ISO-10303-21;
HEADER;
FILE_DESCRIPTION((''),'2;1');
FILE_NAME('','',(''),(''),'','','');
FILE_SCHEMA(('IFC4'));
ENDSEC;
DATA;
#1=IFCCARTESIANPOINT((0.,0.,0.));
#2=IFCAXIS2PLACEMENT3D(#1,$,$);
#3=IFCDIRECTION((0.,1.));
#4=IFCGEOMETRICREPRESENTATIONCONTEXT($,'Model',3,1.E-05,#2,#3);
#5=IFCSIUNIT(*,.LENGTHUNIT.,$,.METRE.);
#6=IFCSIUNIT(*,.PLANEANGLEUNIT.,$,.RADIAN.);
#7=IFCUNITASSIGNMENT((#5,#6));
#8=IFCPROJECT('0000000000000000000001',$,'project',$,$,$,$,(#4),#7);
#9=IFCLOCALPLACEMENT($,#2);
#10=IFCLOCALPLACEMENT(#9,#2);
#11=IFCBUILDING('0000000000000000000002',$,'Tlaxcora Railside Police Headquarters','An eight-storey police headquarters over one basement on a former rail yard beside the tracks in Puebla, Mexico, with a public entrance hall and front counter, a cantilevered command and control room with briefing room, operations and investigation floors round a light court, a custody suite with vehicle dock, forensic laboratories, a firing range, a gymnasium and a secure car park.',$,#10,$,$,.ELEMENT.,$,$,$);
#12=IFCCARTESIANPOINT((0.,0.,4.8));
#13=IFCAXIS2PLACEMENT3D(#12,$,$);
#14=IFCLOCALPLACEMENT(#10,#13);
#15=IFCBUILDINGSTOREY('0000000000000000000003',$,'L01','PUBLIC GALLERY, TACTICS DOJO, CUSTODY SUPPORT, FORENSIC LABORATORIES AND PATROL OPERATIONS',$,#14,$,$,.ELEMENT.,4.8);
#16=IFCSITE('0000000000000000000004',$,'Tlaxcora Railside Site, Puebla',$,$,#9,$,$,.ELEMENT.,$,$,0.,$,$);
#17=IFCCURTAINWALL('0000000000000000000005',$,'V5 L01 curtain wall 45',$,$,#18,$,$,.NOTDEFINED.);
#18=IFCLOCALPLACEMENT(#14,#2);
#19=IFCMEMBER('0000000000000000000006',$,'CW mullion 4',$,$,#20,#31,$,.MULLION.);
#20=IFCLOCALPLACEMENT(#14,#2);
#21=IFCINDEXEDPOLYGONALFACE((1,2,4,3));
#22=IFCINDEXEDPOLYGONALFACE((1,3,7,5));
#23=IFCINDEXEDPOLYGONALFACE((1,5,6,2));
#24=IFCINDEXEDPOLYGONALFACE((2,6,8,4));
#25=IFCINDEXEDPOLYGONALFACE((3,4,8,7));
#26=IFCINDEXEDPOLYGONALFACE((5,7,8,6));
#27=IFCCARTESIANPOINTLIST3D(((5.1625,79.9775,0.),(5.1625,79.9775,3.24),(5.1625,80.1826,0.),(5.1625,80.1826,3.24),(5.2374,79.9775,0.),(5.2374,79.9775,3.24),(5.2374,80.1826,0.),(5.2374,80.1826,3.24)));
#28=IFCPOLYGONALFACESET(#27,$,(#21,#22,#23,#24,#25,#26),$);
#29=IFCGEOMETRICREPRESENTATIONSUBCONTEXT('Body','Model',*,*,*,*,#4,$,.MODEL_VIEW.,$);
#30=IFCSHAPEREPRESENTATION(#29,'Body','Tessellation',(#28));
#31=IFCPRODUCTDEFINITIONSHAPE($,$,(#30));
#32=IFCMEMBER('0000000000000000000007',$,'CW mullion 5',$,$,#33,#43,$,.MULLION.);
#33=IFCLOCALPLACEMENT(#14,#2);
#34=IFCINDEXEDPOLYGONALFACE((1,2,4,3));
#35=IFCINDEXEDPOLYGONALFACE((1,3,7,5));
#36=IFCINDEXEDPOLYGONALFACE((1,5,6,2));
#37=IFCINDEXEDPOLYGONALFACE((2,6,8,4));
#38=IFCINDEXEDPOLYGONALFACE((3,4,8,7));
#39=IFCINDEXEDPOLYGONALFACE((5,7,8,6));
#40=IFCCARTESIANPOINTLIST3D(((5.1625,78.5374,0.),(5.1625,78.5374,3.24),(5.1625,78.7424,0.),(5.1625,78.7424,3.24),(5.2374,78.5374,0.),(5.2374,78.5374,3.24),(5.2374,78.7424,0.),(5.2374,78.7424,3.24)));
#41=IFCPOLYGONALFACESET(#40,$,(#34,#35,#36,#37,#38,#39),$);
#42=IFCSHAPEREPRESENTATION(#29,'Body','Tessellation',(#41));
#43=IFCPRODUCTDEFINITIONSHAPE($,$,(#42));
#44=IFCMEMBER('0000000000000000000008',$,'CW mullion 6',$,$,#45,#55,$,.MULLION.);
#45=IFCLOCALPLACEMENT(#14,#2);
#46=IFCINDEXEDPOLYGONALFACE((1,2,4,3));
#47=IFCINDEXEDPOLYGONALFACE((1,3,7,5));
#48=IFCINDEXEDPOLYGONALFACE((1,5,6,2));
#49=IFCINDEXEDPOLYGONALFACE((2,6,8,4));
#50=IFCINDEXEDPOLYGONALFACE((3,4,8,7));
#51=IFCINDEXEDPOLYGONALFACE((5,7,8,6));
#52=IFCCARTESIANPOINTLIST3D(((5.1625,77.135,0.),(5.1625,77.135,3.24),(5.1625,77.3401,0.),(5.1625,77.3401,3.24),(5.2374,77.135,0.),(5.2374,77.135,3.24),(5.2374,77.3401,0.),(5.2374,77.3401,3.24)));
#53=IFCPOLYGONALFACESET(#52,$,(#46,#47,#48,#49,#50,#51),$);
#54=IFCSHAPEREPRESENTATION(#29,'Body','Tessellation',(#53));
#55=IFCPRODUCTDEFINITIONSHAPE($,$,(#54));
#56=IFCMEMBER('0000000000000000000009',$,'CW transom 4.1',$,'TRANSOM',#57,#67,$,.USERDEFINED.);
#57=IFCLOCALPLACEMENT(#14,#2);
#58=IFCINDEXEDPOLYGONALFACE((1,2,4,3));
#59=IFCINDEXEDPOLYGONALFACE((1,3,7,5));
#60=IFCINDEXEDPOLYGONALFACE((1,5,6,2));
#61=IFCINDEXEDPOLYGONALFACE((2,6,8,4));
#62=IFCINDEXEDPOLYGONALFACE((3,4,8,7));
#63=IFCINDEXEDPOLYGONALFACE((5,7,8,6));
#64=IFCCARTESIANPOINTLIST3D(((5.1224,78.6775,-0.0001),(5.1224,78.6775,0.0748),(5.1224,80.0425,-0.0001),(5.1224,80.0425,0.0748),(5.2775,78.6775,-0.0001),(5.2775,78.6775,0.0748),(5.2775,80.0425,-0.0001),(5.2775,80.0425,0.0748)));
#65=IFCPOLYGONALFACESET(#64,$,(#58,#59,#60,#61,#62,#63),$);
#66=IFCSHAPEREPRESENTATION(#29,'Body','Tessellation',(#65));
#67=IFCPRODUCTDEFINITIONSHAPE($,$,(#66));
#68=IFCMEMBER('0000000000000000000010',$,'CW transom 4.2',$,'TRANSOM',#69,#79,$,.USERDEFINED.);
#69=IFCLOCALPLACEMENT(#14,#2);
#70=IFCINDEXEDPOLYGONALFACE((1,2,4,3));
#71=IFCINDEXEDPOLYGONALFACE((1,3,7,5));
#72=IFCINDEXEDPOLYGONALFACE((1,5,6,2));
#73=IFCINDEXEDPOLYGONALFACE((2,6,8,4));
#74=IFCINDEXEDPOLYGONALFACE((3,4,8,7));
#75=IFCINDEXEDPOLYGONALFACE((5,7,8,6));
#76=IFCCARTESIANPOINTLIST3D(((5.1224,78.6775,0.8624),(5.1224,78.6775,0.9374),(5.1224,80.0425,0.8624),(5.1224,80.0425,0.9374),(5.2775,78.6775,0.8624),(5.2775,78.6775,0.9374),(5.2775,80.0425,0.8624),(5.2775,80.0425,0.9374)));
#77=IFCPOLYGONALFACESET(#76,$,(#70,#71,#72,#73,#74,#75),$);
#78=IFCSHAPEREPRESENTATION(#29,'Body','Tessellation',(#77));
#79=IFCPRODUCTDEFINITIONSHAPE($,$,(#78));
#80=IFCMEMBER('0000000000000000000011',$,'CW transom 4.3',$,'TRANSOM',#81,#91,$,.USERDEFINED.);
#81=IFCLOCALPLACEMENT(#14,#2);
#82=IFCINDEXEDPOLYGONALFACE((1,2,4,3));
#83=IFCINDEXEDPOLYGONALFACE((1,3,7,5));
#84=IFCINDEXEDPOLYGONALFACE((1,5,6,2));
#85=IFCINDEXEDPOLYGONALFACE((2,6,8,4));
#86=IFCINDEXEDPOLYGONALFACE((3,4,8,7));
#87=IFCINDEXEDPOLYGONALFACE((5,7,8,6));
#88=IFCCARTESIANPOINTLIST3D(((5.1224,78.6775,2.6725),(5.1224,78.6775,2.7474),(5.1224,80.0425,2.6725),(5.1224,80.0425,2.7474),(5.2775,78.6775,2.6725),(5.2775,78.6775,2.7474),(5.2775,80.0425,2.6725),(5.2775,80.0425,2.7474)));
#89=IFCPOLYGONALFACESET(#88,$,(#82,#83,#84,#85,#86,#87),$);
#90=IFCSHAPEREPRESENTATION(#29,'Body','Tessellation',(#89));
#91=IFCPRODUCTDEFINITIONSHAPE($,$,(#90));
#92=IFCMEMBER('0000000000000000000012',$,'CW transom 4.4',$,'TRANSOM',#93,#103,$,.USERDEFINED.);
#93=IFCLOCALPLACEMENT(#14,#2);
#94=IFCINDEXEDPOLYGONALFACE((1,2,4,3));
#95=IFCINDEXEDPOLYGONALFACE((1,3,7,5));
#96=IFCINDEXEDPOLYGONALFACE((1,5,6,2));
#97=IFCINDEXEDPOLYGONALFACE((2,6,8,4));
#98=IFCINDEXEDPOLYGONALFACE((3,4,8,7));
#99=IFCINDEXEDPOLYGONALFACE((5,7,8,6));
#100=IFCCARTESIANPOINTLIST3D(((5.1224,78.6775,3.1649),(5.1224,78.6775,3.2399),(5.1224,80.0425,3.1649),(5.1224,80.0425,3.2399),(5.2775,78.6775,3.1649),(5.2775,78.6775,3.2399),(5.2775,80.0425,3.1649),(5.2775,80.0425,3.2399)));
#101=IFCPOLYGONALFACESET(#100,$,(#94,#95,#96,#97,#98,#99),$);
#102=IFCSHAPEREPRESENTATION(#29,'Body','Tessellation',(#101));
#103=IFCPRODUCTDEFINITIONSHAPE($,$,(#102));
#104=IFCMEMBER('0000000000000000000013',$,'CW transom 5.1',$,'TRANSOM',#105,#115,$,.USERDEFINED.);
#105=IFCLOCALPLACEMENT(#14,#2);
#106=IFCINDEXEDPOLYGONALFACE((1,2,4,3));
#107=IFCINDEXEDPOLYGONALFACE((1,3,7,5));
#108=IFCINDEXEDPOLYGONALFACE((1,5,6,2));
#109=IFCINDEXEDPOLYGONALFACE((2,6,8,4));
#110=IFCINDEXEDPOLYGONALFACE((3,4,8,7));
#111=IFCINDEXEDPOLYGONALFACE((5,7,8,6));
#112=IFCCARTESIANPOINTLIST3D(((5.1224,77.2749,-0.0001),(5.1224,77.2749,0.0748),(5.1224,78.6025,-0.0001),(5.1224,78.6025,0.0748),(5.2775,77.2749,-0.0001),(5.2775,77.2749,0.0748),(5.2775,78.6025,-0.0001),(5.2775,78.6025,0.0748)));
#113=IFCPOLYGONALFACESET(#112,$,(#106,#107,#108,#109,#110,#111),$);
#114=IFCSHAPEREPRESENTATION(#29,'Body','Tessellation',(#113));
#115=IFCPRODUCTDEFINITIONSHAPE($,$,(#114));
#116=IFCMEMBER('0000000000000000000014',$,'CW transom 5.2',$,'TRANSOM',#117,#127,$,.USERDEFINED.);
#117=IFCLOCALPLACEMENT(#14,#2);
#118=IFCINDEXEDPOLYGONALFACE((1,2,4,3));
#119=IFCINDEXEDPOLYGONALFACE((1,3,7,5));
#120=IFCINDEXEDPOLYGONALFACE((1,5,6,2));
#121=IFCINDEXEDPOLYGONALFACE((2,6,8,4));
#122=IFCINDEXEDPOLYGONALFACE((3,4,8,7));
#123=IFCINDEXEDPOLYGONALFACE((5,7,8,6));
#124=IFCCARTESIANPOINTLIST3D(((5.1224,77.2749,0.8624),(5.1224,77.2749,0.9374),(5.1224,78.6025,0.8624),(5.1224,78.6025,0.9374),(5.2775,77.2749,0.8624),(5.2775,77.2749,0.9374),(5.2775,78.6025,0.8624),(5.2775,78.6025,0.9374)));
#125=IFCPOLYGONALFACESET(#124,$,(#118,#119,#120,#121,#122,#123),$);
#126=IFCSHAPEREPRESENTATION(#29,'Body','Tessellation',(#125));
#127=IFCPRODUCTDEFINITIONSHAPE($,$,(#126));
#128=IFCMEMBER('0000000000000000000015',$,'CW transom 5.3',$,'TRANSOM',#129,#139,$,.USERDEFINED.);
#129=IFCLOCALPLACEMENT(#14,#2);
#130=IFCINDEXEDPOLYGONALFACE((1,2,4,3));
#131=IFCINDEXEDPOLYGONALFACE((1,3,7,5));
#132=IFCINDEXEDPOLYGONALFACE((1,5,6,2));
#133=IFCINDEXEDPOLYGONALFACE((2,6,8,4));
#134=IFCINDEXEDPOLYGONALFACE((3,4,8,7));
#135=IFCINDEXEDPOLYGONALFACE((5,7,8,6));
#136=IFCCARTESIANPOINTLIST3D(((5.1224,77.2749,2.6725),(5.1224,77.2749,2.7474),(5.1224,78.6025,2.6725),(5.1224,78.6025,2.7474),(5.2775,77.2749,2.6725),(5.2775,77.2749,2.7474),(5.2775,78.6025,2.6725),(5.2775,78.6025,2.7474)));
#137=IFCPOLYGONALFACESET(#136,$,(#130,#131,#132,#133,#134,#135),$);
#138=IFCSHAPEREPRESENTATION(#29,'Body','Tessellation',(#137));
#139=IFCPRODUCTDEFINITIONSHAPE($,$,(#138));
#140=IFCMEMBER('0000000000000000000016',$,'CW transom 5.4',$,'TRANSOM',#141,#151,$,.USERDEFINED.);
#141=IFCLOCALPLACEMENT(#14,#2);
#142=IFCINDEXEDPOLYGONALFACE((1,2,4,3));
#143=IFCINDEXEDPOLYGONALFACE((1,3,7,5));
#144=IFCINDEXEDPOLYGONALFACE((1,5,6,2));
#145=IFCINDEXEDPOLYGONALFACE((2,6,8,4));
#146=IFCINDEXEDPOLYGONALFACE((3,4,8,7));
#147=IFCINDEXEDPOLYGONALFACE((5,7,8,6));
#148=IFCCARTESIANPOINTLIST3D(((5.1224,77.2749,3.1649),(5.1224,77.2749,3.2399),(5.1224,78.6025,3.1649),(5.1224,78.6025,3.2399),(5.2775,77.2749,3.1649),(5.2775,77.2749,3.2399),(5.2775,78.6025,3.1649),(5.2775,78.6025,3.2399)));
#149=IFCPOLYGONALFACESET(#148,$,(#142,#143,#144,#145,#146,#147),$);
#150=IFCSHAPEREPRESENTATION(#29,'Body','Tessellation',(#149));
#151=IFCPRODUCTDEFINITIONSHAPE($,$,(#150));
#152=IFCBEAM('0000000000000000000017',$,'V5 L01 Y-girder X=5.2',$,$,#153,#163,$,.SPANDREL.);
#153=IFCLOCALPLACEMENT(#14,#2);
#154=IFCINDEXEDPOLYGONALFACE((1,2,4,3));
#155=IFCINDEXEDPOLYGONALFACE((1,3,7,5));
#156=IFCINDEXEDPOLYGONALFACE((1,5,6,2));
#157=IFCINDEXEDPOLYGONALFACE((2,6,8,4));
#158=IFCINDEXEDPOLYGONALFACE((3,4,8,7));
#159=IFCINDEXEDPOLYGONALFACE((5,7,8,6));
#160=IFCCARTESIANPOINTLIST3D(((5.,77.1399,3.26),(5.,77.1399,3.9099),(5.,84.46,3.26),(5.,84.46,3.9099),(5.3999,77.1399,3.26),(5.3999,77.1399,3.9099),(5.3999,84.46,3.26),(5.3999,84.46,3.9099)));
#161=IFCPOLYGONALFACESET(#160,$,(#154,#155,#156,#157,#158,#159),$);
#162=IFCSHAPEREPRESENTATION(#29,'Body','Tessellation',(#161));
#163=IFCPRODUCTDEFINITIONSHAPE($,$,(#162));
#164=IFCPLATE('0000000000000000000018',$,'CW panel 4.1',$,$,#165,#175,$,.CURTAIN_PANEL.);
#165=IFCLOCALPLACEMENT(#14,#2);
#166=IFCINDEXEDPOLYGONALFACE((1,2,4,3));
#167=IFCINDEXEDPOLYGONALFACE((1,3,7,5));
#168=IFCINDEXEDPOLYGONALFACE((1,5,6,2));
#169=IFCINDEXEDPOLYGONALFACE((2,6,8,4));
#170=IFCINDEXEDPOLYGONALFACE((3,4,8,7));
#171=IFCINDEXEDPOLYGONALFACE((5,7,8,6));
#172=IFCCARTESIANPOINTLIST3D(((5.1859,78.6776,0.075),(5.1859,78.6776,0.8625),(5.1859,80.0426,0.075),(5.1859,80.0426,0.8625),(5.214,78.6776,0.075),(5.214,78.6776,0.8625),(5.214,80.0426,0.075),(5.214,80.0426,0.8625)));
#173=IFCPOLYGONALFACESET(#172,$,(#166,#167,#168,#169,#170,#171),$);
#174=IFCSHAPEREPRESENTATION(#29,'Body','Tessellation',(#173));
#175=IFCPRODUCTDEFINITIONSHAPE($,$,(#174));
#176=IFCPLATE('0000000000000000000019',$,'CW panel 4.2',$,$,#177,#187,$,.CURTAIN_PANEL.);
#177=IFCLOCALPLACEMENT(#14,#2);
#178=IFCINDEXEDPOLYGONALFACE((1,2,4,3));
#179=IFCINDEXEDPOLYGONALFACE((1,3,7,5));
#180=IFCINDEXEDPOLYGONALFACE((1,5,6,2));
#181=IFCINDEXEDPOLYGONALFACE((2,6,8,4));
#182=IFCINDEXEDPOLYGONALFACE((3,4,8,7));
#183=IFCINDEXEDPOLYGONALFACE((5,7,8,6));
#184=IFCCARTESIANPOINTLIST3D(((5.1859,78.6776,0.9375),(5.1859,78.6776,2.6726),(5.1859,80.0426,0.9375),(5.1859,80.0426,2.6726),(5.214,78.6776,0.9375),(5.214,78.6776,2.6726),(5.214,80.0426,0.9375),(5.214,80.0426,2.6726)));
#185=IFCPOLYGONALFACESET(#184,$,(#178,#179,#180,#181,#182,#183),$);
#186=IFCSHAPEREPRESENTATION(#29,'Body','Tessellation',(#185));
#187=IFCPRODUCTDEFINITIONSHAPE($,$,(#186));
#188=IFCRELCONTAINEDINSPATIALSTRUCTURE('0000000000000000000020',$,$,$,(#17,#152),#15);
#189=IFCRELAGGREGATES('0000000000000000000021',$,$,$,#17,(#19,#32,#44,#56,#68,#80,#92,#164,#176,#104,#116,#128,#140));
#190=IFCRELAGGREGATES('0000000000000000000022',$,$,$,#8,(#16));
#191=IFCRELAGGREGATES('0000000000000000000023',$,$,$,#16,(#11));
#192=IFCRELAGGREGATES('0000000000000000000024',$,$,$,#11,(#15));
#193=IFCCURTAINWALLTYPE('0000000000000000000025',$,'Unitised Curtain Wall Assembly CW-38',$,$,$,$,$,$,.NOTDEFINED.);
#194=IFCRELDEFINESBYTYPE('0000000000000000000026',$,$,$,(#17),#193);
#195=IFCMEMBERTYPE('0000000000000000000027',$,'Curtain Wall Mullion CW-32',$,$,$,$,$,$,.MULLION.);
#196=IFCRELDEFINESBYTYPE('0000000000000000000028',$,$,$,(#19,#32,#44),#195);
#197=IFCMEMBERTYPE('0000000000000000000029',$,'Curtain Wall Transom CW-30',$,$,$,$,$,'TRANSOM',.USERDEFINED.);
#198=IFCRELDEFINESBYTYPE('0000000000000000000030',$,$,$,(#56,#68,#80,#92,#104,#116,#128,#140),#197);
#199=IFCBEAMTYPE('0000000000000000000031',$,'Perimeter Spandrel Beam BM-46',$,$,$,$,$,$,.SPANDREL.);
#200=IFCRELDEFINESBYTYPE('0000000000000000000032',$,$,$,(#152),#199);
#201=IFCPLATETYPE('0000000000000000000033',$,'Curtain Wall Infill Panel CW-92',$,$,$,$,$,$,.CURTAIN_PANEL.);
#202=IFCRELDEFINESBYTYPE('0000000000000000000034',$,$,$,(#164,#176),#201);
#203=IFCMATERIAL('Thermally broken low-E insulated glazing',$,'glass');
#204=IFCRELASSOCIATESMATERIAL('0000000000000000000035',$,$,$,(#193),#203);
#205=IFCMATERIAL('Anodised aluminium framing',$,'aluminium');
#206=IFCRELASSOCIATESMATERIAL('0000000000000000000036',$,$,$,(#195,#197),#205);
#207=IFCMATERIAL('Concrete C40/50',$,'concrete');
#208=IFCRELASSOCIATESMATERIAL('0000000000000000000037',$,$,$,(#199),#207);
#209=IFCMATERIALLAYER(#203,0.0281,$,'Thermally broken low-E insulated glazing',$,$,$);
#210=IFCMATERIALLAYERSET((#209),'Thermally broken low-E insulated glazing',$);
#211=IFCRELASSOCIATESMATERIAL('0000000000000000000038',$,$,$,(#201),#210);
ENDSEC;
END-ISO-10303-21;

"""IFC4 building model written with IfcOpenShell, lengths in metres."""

from ifc_helpers import new_model, si_unit, direction, frame, origin, origin_2d, place, context, subcontext, project, spatial, rectangle, extrude, material, layer, layer_set, material_profile, profile_set, type_object, element, aggregate, save


model = new_model("IFC4")

# Units and contexts
model_context = context("Model", 3, precision=1e-05, world=origin(), true_north=direction((0.0, 1.0)))
body_context = subcontext(model_context, "Body", "Model", "MODEL_VIEW")
ifc_project = project(units=[si_unit("LENGTHUNIT", "METRE"), si_unit("PLANEANGLEUNIT", "RADIAN")], contexts=[model_context])

# Site, building, storey
site_placement = place(None, origin())
site = spatial("IfcSite", under=ifc_project, at=site_placement, Name="Tlaxcora Railside Site, Puebla", CompositionType="ELEMENT", RefElevation=0.0)
building_placement = place(site_placement, origin())
building = spatial("IfcBuilding", under=site, at=building_placement, Name="Tlaxcora Railside Police Headquarters", Description="An eight-storey police headquarters over one basement on a former rail yard beside the tracks in Puebla, Mexico, with a public entrance hall and front counter, a cantilevered command and control room with briefing room, operations and investigation floors round a light court, a custody suite with vehicle dock, forensic laboratories, a firing range, a gymnasium and a secure car park.", CompositionType="ELEMENT")
storey_placement = place(building_placement, frame((0.0, 0.0, 4.8)))
storey = spatial("IfcBuildingStorey", under=building, at=storey_placement, Name="L01", Description="PUBLIC GALLERY, TACTICS DOJO, CUSTODY SUPPORT, FORENSIC LABORATORIES AND PATROL OPERATIONS", CompositionType="ELEMENT", Elevation=4.8)

# Curtain wall, members
ifc_material_1 = material(Name="Thermally broken low-E insulated glazing", Category="glass")
curtain_wall_type = type_object("IfcCurtainWallType", Name="Unitised Curtain Wall Assembly CW-38", PredefinedType="NOTDEFINED", material=ifc_material_1)
curtain_wall_placement = place(storey_placement, origin())
curtain_wall = element("IfcCurtainWall", 1, at=curtain_wall_placement, inside=storey, type_object=curtain_wall_type, Name="V5 L01 curtain wall 45", PredefinedType="NOTDEFINED")
ifc_material_2 = material(Name="Anodised aluminium framing", Category="aluminium")
ifc_material_profile_1 = material_profile(ifc_material_2, rectangle(XDim=0.075, YDim=0.2051, at=origin_2d()), Name="AL75X205")
ifc_profile_set_1 = profile_set([ifc_material_profile_1], Name="Anodised aluminium framing")
member_type_1 = type_object("IfcMemberType", Name="Curtain Wall Mullion CW-32", PredefinedType="MULLION", material=ifc_profile_set_1)
member_1_placement = place(storey_placement, frame((5.2, 80.0801, 0.0), z_axis=(0.0, 0.0, 1.0), x_axis=(1.0, 0.0, 0.0)))
member_1 = element("IfcMember", 2, at=member_1_placement, type_object=member_type_1, Name="CW mullion 4", PredefinedType="MULLION", context=body_context, shape_type="SweptSolid", body=[
    extrude(rectangle(XDim=0.075, YDim=0.2051, at=origin_2d()), origin(), (0.0, 0.0, 1.0), 3.24),
])
member_2_placement = place(storey_placement, frame((5.2, 78.6399, 0.0), z_axis=(0.0, 0.0, 1.0), x_axis=(1.0, 0.0, 0.0)))
member_2 = element("IfcMember", 3, at=member_2_placement, type_object=member_type_1, Name="CW mullion 5", PredefinedType="MULLION", context=body_context, shape_type="SweptSolid", body=[
    extrude(rectangle(XDim=0.075, YDim=0.2051, at=origin_2d()), origin(), (0.0, 0.0, 1.0), 3.24),
])
member_3_placement = place(storey_placement, frame((5.2, 77.2375, 0.0), z_axis=(0.0, 0.0, 1.0), x_axis=(1.0, 0.0, 0.0)))
member_3 = element("IfcMember", 4, at=member_3_placement, type_object=member_type_1, Name="CW mullion 6", PredefinedType="MULLION", context=body_context, shape_type="SweptSolid", body=[
    extrude(rectangle(XDim=0.075, YDim=0.2051, at=origin_2d()), origin(), (0.0, 0.0, 1.0), 3.24),
])
ifc_material_profile_2 = material_profile(ifc_material_2, rectangle(XDim=0.155, YDim=0.075, at=origin_2d()), Name="AL75X155")
ifc_profile_set_2 = profile_set([ifc_material_profile_2], Name="Anodised aluminium framing")
member_type_2 = type_object("IfcMemberType", Name="Curtain Wall Transom CW-30", ElementType="TRANSOM", PredefinedType="USERDEFINED", material=ifc_profile_set_2)
member_4_placement = place(storey_placement, frame((5.2, 80.0425, 0.0374), z_axis=(0.0, -1.0, 0.0), x_axis=(1.0, 0.0, 0.0)))
member_4 = element("IfcMember", 5, at=member_4_placement, type_object=member_type_2, Name="CW transom 4.1", ObjectType="TRANSOM", PredefinedType="USERDEFINED", context=body_context, shape_type="SweptSolid", body=[
    extrude(rectangle(XDim=0.155, YDim=0.075, at=origin_2d()), origin(), (0.0, 0.0, 1.0), 1.365),
])
member_5_placement = place(storey_placement, frame((5.2, 80.0425, 0.8999), z_axis=(0.0, -1.0, 0.0), x_axis=(1.0, 0.0, 0.0)))
member_5 = element("IfcMember", 6, at=member_5_placement, type_object=member_type_2, Name="CW transom 4.2", ObjectType="TRANSOM", PredefinedType="USERDEFINED", context=body_context, shape_type="SweptSolid", body=[
    extrude(rectangle(XDim=0.155, YDim=0.075, at=origin_2d()), origin(), (0.0, 0.0, 1.0), 1.365),
])
member_6_placement = place(storey_placement, frame((5.2, 80.0425, 2.71), z_axis=(0.0, -1.0, 0.0), x_axis=(1.0, 0.0, 0.0)))
member_6 = element("IfcMember", 7, at=member_6_placement, type_object=member_type_2, Name="CW transom 4.3", ObjectType="TRANSOM", PredefinedType="USERDEFINED", context=body_context, shape_type="SweptSolid", body=[
    extrude(rectangle(XDim=0.155, YDim=0.075, at=origin_2d()), origin(), (0.0, 0.0, 1.0), 1.365),
])
member_7_placement = place(storey_placement, frame((5.2, 80.0425, 3.2024), z_axis=(0.0, -1.0, 0.0), x_axis=(1.0, 0.0, 0.0)))
member_7 = element("IfcMember", 8, at=member_7_placement, type_object=member_type_2, Name="CW transom 4.4", ObjectType="TRANSOM", PredefinedType="USERDEFINED", context=body_context, shape_type="SweptSolid", body=[
    extrude(rectangle(XDim=0.155, YDim=0.075, at=origin_2d()), origin(), (0.0, 0.0, 1.0), 1.365),
])
member_8_placement = place(storey_placement, frame((5.2, 78.6025, 0.0374), z_axis=(0.0, -1.0, 0.0), x_axis=(1.0, 0.0, 0.0)))
member_8 = element("IfcMember", 9, at=member_8_placement, type_object=member_type_2, Name="CW transom 5.1", ObjectType="TRANSOM", PredefinedType="USERDEFINED", context=body_context, shape_type="SweptSolid", body=[
    extrude(rectangle(XDim=0.155, YDim=0.075, at=origin_2d()), origin(), (0.0, 0.0, 1.0), 1.3276),
])
member_9_placement = place(storey_placement, frame((5.2, 78.6025, 0.8999), z_axis=(0.0, -1.0, 0.0), x_axis=(1.0, 0.0, 0.0)))
member_9 = element("IfcMember", 10, at=member_9_placement, type_object=member_type_2, Name="CW transom 5.2", ObjectType="TRANSOM", PredefinedType="USERDEFINED", context=body_context, shape_type="SweptSolid", body=[
    extrude(rectangle(XDim=0.155, YDim=0.075, at=origin_2d()), origin(), (0.0, 0.0, 1.0), 1.3276),
])
member_10_placement = place(storey_placement, frame((5.2, 78.6025, 2.71), z_axis=(0.0, -1.0, 0.0), x_axis=(1.0, 0.0, 0.0)))
member_10 = element("IfcMember", 11, at=member_10_placement, type_object=member_type_2, Name="CW transom 5.3", ObjectType="TRANSOM", PredefinedType="USERDEFINED", context=body_context, shape_type="SweptSolid", body=[
    extrude(rectangle(XDim=0.155, YDim=0.075, at=origin_2d()), origin(), (0.0, 0.0, 1.0), 1.3276),
])
member_11_placement = place(storey_placement, frame((5.2, 78.6025, 3.2024), z_axis=(0.0, -1.0, 0.0), x_axis=(1.0, 0.0, 0.0)))
member_11 = element("IfcMember", 12, at=member_11_placement, type_object=member_type_2, Name="CW transom 5.4", ObjectType="TRANSOM", PredefinedType="USERDEFINED", context=body_context, shape_type="SweptSolid", body=[
    extrude(rectangle(XDim=0.155, YDim=0.075, at=origin_2d()), origin(), (0.0, 0.0, 1.0), 1.3276),
])

# Beam
ifc_material_3 = material(Name="Concrete C40/50", Category="concrete")
ifc_material_profile_3 = material_profile(ifc_material_3, rectangle(XDim=0.3999, YDim=0.6499, at=origin_2d()), Name="RC400X650")
ifc_profile_set_3 = profile_set([ifc_material_profile_3], Name="Concrete C40/50")
beam_type = type_object("IfcBeamType", Name="Perimeter Spandrel Beam BM-46", PredefinedType="SPANDREL", material=ifc_profile_set_3)
beam_placement = place(storey_placement, frame((5.2, 77.1399, 3.585), z_axis=(0.0, 1.0, 0.0), x_axis=(-1.0, 0.0, 0.0)))
element("IfcBeam", 13, at=beam_placement, inside=storey, type_object=beam_type, Name="V5 L01 Y-girder X=5.2", PredefinedType="SPANDREL", context=body_context, shape_type="SweptSolid", body=[
    extrude(rectangle(XDim=0.3999, YDim=0.6499, at=origin_2d()), origin(), (0.0, 0.0, 1.0), 7.3201),
])

# Plates
ifc_layer_1 = layer(ifc_material_1, 0.0281, Name="Thermally broken low-E insulated glazing")
ifc_layer_set_1 = layer_set([ifc_layer_1], Name="Thermally broken low-E insulated glazing")
plate_type = type_object("IfcPlateType", Name="Curtain Wall Infill Panel CW-92", PredefinedType="CURTAIN_PANEL", material=ifc_layer_set_1)
plate_1_placement = place(storey_placement, frame((5.2, 79.3601, 0.075), z_axis=(0.0, 0.0, 1.0), x_axis=(0.0, -1.0, 0.0)))
plate_1 = element("IfcPlate", 14, at=plate_1_placement, type_object=plate_type, Name="CW panel 4.1", PredefinedType="CURTAIN_PANEL", context=body_context, shape_type="SweptSolid", body=[
    extrude(rectangle(XDim=1.365, YDim=0.0281, at=origin_2d()), origin(), (0.0, 0.0, 1.0), 0.7876),
])
plate_2_placement = place(storey_placement, frame((5.2, 79.3601, 0.9375), z_axis=(0.0, 0.0, 1.0), x_axis=(0.0, -1.0, 0.0)))
plate_2 = element("IfcPlate", 15, at=plate_2_placement, type_object=plate_type, Name="CW panel 4.2", PredefinedType="CURTAIN_PANEL", context=body_context, shape_type="SweptSolid", body=[
    extrude(rectangle(XDim=1.365, YDim=0.0281, at=origin_2d()), origin(), (0.0, 0.0, 1.0), 1.7351),
])
aggregate(curtain_wall, [member_1, member_2, member_3, member_4, member_5, member_6, member_7, plate_1, plate_2, member_8, member_9, member_10, member_11])

save(model, "model.ifc")
